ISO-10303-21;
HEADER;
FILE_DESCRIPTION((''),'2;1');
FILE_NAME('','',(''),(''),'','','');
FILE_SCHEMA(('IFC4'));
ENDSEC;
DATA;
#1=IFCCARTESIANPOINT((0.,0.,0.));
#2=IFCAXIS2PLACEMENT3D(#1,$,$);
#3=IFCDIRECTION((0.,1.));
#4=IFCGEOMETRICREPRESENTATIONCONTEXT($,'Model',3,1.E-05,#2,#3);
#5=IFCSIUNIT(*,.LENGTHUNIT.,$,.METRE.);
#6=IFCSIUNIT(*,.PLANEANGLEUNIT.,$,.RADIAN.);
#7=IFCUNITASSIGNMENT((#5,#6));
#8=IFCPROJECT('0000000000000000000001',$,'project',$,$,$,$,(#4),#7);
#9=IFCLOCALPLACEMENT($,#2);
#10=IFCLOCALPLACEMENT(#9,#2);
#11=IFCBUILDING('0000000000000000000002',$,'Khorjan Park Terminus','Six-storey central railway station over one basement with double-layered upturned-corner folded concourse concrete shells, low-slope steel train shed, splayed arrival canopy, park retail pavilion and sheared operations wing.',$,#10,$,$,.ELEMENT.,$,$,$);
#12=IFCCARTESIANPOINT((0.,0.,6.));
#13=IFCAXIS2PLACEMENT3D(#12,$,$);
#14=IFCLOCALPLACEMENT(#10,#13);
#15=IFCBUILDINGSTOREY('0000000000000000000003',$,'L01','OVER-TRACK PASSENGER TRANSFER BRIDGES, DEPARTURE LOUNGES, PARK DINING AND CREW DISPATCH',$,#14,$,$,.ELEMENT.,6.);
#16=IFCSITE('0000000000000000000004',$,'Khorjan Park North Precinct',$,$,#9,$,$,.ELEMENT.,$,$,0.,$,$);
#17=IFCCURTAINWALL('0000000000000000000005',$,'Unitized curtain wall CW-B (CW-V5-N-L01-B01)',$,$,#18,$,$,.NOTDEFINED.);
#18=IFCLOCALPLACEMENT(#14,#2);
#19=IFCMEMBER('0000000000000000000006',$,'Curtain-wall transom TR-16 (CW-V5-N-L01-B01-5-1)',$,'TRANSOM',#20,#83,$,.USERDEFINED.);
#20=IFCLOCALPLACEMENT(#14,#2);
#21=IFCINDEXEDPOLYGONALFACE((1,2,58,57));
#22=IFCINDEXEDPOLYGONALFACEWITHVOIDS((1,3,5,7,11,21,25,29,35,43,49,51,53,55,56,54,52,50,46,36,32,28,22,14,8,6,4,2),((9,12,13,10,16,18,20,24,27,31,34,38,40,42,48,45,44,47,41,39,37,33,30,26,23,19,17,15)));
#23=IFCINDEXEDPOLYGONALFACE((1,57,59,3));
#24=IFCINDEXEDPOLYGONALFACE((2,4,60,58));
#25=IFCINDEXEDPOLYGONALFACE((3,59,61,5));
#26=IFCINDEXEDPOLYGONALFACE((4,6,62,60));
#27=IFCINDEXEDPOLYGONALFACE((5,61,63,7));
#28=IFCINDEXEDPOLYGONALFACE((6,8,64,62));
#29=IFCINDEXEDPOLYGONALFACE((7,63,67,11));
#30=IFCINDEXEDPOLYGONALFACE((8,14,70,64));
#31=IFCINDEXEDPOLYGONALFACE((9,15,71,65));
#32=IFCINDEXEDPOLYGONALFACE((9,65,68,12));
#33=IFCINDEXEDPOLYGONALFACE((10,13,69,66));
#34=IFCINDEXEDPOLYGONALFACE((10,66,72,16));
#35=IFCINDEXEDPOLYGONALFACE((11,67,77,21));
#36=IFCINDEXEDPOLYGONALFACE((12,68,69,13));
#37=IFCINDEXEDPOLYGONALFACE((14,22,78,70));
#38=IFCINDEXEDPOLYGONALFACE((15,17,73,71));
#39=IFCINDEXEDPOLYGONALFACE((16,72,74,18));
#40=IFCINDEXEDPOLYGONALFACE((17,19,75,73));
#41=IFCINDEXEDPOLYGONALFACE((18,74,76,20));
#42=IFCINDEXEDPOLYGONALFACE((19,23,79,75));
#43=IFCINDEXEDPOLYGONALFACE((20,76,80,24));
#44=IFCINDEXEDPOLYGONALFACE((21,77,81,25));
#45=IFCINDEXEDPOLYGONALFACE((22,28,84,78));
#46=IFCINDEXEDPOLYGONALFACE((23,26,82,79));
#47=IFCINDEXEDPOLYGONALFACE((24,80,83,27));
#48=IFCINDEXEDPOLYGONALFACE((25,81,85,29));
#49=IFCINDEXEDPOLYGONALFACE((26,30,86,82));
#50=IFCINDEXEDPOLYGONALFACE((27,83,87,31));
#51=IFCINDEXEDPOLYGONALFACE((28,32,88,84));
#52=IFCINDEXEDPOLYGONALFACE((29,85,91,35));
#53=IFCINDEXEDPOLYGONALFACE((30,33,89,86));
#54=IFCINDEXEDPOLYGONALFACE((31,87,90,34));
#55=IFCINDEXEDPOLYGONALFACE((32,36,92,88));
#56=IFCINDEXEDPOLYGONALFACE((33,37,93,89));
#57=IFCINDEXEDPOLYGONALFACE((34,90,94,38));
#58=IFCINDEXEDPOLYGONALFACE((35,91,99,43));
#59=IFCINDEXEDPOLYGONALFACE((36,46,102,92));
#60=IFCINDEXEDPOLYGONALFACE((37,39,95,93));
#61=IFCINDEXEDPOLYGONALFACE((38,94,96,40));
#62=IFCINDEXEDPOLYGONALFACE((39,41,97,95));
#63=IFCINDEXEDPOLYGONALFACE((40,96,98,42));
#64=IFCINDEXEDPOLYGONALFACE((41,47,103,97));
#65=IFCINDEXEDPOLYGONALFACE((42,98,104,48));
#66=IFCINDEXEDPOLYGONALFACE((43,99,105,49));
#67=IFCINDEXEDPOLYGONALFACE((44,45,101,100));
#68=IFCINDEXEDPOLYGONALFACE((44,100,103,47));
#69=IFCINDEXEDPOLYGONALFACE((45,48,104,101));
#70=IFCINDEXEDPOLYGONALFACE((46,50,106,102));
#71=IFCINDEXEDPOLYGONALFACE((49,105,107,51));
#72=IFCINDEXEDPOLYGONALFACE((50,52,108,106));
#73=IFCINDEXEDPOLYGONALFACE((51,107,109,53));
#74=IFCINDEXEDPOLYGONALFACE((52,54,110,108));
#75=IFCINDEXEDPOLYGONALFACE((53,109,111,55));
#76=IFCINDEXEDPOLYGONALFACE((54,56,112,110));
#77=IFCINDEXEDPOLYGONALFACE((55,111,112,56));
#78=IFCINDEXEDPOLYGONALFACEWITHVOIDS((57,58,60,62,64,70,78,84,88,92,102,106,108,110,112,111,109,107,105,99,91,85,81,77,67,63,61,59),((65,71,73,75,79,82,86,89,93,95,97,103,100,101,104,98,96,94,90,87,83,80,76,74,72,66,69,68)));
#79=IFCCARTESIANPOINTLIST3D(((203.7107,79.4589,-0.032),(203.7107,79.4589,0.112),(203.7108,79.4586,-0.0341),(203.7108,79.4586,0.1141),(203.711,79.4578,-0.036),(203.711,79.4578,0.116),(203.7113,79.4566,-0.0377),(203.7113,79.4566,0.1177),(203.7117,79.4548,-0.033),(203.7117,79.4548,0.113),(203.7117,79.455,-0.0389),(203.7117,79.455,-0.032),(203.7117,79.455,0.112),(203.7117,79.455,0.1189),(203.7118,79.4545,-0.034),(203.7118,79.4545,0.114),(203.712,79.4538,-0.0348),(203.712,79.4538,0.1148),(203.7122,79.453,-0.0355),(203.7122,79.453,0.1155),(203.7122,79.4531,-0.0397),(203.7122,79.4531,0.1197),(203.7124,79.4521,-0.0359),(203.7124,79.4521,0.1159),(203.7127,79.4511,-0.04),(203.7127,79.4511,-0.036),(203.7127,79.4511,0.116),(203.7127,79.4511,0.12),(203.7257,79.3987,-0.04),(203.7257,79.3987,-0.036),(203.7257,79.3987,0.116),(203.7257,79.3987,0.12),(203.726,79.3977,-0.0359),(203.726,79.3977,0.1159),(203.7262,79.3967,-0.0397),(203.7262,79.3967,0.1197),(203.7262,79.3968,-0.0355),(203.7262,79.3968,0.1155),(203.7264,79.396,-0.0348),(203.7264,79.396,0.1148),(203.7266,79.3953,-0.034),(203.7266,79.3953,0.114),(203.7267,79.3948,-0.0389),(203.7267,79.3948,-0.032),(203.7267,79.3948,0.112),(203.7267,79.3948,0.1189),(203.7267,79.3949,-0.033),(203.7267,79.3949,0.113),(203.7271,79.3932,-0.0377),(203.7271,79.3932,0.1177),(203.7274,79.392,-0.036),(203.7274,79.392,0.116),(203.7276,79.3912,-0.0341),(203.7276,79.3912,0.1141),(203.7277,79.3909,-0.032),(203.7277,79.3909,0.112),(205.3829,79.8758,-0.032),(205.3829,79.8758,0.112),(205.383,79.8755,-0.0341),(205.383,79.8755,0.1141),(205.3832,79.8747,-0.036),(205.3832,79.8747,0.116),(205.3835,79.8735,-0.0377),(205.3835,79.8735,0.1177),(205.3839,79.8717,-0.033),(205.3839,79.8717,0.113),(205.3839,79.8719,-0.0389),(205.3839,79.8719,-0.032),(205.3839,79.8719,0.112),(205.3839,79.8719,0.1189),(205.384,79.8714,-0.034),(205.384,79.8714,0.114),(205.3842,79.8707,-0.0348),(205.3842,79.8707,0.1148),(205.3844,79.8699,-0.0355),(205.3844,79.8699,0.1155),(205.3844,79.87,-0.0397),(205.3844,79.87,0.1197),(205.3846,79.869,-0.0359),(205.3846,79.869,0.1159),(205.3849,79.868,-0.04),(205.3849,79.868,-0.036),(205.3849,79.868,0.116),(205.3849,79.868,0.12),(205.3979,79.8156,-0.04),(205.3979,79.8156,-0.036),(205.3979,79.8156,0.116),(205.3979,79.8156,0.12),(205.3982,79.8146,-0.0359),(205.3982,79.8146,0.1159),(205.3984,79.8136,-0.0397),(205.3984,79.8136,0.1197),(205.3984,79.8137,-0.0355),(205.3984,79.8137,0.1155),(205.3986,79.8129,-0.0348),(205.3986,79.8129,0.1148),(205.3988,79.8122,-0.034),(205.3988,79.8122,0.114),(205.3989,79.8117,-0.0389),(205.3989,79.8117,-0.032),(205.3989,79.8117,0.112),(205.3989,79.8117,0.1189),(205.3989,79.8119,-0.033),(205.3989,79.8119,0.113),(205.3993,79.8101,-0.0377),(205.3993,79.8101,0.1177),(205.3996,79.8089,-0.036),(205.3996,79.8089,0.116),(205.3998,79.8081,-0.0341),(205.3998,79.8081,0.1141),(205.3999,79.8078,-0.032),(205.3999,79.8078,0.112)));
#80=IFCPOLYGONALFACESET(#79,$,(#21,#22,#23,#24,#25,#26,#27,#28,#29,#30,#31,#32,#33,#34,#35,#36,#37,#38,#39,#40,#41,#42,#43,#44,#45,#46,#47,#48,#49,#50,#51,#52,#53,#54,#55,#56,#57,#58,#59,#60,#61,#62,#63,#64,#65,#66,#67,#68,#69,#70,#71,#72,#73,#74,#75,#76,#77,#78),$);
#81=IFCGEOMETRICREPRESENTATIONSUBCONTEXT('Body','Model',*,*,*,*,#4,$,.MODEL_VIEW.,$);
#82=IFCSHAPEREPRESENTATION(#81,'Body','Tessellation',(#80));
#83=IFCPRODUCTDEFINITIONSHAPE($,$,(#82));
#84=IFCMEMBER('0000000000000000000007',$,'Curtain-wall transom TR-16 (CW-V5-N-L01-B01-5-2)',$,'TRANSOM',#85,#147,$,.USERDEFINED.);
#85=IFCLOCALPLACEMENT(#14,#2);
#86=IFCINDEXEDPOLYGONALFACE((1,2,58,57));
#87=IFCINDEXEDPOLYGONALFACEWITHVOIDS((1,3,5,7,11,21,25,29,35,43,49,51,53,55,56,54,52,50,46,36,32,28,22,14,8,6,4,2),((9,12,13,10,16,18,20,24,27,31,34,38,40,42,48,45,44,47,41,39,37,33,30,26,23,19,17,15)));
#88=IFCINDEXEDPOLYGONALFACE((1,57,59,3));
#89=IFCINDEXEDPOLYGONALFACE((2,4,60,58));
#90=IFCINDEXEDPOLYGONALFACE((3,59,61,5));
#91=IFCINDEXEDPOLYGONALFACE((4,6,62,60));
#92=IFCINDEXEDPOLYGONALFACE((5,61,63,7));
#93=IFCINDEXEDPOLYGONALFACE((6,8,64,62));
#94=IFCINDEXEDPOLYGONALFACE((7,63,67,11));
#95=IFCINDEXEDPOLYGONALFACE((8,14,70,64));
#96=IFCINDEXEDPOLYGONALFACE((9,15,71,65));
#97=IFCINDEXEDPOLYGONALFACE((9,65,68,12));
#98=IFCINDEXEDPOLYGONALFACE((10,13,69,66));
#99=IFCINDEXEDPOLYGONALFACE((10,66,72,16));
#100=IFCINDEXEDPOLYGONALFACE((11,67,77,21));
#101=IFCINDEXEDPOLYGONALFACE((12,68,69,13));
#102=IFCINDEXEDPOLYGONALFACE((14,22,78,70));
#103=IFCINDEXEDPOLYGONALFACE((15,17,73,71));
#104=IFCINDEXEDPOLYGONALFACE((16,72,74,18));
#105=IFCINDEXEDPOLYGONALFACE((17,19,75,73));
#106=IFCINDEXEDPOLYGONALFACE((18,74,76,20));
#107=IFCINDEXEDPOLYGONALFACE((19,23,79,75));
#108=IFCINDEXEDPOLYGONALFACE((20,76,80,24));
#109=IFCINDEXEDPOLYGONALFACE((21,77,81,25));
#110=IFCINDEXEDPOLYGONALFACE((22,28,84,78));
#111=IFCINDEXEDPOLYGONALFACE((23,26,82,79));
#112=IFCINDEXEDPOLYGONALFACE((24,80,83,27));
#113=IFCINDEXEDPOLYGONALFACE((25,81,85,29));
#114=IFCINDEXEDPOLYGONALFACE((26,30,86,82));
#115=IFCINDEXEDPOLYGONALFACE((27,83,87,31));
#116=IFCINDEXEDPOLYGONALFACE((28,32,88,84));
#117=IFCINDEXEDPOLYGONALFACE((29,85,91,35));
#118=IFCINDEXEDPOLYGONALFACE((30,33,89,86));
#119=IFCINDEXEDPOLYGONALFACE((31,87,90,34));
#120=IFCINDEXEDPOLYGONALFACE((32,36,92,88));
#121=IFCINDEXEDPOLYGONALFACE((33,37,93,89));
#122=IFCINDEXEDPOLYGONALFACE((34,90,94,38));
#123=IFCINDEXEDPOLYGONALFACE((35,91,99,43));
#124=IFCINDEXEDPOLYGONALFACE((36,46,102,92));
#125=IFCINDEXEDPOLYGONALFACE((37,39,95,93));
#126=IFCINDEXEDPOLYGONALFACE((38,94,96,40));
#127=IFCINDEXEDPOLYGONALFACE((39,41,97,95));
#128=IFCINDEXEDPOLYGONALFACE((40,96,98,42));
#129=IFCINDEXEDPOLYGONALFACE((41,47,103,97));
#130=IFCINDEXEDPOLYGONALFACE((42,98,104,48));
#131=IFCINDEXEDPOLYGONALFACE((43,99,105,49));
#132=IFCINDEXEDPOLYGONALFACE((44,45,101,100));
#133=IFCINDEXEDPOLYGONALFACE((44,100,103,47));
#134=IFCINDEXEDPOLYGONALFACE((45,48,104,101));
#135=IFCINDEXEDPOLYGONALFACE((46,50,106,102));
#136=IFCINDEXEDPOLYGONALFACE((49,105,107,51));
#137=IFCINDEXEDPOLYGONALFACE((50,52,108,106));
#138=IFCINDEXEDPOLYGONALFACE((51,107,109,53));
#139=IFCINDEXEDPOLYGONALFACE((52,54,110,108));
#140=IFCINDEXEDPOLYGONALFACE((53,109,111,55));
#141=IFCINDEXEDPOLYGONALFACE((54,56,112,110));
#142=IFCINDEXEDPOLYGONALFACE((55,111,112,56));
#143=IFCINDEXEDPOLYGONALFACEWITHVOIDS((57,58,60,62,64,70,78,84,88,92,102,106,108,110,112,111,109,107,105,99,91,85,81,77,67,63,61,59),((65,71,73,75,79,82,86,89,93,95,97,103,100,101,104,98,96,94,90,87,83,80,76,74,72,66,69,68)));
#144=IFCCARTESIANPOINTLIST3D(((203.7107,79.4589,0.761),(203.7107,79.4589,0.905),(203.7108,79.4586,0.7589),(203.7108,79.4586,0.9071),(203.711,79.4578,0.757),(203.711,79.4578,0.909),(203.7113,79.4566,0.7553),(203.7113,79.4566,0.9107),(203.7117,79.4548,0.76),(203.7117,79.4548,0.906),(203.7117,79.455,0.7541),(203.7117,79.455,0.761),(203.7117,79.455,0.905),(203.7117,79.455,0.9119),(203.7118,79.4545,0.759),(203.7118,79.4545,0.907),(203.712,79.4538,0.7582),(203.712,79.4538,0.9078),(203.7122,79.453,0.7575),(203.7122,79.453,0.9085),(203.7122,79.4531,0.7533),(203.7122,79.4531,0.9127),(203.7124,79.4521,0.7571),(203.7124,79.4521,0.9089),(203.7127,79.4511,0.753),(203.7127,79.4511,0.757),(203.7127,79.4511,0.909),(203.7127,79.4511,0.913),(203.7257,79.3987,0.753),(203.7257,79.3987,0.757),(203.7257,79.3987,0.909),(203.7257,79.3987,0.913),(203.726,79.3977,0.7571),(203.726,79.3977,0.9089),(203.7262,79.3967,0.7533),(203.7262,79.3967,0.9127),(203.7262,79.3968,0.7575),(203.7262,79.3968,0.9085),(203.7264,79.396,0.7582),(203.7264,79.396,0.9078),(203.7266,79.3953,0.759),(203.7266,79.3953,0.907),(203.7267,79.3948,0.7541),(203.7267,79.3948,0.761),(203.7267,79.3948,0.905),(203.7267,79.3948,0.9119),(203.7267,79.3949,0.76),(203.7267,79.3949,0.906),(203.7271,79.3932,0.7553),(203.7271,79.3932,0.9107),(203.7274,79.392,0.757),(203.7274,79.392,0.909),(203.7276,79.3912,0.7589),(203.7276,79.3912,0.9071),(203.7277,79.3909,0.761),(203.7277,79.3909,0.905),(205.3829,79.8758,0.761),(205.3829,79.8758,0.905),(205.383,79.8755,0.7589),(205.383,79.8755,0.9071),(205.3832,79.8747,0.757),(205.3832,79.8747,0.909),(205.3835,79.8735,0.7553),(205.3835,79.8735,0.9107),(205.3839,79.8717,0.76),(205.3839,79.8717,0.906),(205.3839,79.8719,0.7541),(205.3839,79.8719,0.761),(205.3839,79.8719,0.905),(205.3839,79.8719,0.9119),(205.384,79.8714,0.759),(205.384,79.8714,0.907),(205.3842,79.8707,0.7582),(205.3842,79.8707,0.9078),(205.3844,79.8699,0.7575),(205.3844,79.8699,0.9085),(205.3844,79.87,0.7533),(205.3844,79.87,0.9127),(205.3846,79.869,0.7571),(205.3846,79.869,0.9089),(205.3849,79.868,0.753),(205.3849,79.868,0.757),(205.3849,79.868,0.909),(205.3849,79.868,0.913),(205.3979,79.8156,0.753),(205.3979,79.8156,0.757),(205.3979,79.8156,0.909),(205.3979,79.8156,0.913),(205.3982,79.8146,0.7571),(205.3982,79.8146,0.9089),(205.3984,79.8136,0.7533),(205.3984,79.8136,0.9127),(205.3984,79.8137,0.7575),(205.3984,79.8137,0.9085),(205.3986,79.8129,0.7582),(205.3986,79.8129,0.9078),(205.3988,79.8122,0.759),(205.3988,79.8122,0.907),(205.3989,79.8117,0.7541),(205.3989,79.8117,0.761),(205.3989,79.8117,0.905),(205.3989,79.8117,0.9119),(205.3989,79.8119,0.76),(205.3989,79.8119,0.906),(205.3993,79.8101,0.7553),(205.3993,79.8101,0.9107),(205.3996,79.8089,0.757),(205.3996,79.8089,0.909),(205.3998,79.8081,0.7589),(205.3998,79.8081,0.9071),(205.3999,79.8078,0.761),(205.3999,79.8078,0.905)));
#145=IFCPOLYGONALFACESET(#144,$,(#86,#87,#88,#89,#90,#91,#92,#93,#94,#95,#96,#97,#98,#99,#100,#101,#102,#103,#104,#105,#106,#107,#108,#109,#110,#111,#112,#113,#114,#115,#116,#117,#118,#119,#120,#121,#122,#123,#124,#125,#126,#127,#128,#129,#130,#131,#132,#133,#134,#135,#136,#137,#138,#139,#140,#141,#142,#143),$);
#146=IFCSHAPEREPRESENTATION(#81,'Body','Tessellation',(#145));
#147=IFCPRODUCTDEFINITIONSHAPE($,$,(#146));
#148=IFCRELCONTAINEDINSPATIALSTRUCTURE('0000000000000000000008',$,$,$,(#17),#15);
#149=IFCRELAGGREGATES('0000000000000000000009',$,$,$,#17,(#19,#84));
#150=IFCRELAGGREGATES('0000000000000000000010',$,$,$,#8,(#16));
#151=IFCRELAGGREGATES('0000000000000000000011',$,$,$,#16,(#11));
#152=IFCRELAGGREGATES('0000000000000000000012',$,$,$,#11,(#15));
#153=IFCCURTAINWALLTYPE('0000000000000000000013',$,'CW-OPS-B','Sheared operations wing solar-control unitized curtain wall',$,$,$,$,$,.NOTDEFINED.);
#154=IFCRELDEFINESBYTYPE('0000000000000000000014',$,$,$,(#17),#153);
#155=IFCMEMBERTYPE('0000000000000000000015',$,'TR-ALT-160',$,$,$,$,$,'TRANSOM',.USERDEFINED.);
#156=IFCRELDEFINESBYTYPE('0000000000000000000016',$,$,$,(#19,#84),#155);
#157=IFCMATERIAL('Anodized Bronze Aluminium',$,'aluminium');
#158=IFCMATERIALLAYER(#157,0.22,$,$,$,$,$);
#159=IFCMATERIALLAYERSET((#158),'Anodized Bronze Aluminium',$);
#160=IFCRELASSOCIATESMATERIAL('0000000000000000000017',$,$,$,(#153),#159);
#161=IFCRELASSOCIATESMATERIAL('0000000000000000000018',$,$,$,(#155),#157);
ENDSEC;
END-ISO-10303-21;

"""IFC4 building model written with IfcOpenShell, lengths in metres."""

from ifc_helpers import new_model, si_unit, direction, frame, origin, origin_2d, place, context, subcontext, project, spatial, hollow_rectangle, extrude, material, layer, layer_set, material_profile, profile_set, type_object, element, aggregate, save


model = new_model("IFC4")

# Units and contexts
model_context = context("Model", 3, precision=1e-05, world=origin(), true_north=direction((0.0, 1.0)))
body_context = subcontext(model_context, "Body", "Model", "MODEL_VIEW")
ifc_project = project(units=[si_unit("LENGTHUNIT", "METRE"), si_unit("PLANEANGLEUNIT", "RADIAN")], contexts=[model_context])

# Site, building, storey
site_placement = place(None, origin())
site = spatial("IfcSite", under=ifc_project, at=site_placement, Name="Khorjan Park North Precinct", CompositionType="ELEMENT", RefElevation=0.0)
building_placement = place(site_placement, origin())
building = spatial("IfcBuilding", under=site, at=building_placement, Name="Khorjan Park Terminus", Description="Six-storey central railway station over one basement with double-layered upturned-corner folded concourse concrete shells, low-slope steel train shed, splayed arrival canopy, park retail pavilion and sheared operations wing.", CompositionType="ELEMENT")
storey_placement = place(building_placement, frame((0.0, 0.0, 6.0)))
storey = spatial("IfcBuildingStorey", under=building, at=storey_placement, Name="L01", Description="OVER-TRACK PASSENGER TRANSFER BRIDGES, DEPARTURE LOUNGES, PARK DINING AND CREW DISPATCH", CompositionType="ELEMENT", Elevation=6.0)

# Curtain wall
ifc_material_1 = material(Name="Anodized Bronze Aluminium", Category="aluminium")
ifc_layer_1 = layer(ifc_material_1, 0.22)
ifc_layer_set_1 = layer_set([ifc_layer_1], Name="Anodized Bronze Aluminium")
curtain_wall_type = type_object("IfcCurtainWallType", Name="CW-OPS-B", Description="Sheared operations wing solar-control unitized curtain wall", PredefinedType="NOTDEFINED", material=ifc_layer_set_1)
curtain_wall_1_placement = place(storey_placement, origin())
curtain_wall_1 = element("IfcCurtainWall", 1, at=curtain_wall_1_placement, inside=storey, type_object=curtain_wall_type, Name="Unitized curtain wall CW-B (CW-V5-N-L01-B01)", PredefinedType="NOTDEFINED")

# Members
ifc_material_profile_1 = material_profile(ifc_material_1, hollow_rectangle(XDim=0.07, YDim=0.16, WallThickness=0.004, InnerFilletRadius=0.004, OuterFilletRadius=0.008, at=origin_2d()), Name="ALT 70x160x4")
ifc_profile_set_1 = profile_set([ifc_material_profile_1], Name="Anodized Bronze Aluminium")
member_type_1 = type_object("IfcMemberType", Name="TR-ALT-160", ElementType="TRANSOM", PredefinedType="USERDEFINED", material=ifc_profile_set_1)
member_1_placement = place(storey_placement, frame((205.3914, 79.8418, 0.04), z_axis=(-0.970299, -0.241908, 0.0), x_axis=(0.241908, -0.970299, 0.0)))
member_1 = element("IfcMember", 2, at=member_1_placement, type_object=member_type_1, Name="Curtain-wall transom TR-16 (CW-V5-N-L01-B01-5-1)", ObjectType="TRANSOM", PredefinedType="USERDEFINED", context=body_context, shape_type="SweptSolid", body=[
    extrude(hollow_rectangle(XDim=0.07, YDim=0.16, WallThickness=0.004, InnerFilletRadius=0.004, OuterFilletRadius=0.008, at=origin_2d()), origin(), (0.0, 0.0, 1.0), 1.7234),
])
member_2_placement = place(storey_placement, frame((205.3914, 79.8418, 0.833), z_axis=(-0.970299, -0.241908, 0.0), x_axis=(0.241908, -0.970299, 0.0)))
member_2 = element("IfcMember", 3, at=member_2_placement, type_object=member_type_1, Name="Curtain-wall transom TR-16 (CW-V5-N-L01-B01-5-2)", ObjectType="TRANSOM", PredefinedType="USERDEFINED", context=body_context, shape_type="SweptSolid", body=[
    extrude(hollow_rectangle(XDim=0.07, YDim=0.16, WallThickness=0.004, InnerFilletRadius=0.004, OuterFilletRadius=0.008, at=origin_2d()), origin(), (0.0, 0.0, 1.0), 1.7234),
])

aggregate(curtain_wall_1, [member_1, member_2])

save(model, "model.ifc")
